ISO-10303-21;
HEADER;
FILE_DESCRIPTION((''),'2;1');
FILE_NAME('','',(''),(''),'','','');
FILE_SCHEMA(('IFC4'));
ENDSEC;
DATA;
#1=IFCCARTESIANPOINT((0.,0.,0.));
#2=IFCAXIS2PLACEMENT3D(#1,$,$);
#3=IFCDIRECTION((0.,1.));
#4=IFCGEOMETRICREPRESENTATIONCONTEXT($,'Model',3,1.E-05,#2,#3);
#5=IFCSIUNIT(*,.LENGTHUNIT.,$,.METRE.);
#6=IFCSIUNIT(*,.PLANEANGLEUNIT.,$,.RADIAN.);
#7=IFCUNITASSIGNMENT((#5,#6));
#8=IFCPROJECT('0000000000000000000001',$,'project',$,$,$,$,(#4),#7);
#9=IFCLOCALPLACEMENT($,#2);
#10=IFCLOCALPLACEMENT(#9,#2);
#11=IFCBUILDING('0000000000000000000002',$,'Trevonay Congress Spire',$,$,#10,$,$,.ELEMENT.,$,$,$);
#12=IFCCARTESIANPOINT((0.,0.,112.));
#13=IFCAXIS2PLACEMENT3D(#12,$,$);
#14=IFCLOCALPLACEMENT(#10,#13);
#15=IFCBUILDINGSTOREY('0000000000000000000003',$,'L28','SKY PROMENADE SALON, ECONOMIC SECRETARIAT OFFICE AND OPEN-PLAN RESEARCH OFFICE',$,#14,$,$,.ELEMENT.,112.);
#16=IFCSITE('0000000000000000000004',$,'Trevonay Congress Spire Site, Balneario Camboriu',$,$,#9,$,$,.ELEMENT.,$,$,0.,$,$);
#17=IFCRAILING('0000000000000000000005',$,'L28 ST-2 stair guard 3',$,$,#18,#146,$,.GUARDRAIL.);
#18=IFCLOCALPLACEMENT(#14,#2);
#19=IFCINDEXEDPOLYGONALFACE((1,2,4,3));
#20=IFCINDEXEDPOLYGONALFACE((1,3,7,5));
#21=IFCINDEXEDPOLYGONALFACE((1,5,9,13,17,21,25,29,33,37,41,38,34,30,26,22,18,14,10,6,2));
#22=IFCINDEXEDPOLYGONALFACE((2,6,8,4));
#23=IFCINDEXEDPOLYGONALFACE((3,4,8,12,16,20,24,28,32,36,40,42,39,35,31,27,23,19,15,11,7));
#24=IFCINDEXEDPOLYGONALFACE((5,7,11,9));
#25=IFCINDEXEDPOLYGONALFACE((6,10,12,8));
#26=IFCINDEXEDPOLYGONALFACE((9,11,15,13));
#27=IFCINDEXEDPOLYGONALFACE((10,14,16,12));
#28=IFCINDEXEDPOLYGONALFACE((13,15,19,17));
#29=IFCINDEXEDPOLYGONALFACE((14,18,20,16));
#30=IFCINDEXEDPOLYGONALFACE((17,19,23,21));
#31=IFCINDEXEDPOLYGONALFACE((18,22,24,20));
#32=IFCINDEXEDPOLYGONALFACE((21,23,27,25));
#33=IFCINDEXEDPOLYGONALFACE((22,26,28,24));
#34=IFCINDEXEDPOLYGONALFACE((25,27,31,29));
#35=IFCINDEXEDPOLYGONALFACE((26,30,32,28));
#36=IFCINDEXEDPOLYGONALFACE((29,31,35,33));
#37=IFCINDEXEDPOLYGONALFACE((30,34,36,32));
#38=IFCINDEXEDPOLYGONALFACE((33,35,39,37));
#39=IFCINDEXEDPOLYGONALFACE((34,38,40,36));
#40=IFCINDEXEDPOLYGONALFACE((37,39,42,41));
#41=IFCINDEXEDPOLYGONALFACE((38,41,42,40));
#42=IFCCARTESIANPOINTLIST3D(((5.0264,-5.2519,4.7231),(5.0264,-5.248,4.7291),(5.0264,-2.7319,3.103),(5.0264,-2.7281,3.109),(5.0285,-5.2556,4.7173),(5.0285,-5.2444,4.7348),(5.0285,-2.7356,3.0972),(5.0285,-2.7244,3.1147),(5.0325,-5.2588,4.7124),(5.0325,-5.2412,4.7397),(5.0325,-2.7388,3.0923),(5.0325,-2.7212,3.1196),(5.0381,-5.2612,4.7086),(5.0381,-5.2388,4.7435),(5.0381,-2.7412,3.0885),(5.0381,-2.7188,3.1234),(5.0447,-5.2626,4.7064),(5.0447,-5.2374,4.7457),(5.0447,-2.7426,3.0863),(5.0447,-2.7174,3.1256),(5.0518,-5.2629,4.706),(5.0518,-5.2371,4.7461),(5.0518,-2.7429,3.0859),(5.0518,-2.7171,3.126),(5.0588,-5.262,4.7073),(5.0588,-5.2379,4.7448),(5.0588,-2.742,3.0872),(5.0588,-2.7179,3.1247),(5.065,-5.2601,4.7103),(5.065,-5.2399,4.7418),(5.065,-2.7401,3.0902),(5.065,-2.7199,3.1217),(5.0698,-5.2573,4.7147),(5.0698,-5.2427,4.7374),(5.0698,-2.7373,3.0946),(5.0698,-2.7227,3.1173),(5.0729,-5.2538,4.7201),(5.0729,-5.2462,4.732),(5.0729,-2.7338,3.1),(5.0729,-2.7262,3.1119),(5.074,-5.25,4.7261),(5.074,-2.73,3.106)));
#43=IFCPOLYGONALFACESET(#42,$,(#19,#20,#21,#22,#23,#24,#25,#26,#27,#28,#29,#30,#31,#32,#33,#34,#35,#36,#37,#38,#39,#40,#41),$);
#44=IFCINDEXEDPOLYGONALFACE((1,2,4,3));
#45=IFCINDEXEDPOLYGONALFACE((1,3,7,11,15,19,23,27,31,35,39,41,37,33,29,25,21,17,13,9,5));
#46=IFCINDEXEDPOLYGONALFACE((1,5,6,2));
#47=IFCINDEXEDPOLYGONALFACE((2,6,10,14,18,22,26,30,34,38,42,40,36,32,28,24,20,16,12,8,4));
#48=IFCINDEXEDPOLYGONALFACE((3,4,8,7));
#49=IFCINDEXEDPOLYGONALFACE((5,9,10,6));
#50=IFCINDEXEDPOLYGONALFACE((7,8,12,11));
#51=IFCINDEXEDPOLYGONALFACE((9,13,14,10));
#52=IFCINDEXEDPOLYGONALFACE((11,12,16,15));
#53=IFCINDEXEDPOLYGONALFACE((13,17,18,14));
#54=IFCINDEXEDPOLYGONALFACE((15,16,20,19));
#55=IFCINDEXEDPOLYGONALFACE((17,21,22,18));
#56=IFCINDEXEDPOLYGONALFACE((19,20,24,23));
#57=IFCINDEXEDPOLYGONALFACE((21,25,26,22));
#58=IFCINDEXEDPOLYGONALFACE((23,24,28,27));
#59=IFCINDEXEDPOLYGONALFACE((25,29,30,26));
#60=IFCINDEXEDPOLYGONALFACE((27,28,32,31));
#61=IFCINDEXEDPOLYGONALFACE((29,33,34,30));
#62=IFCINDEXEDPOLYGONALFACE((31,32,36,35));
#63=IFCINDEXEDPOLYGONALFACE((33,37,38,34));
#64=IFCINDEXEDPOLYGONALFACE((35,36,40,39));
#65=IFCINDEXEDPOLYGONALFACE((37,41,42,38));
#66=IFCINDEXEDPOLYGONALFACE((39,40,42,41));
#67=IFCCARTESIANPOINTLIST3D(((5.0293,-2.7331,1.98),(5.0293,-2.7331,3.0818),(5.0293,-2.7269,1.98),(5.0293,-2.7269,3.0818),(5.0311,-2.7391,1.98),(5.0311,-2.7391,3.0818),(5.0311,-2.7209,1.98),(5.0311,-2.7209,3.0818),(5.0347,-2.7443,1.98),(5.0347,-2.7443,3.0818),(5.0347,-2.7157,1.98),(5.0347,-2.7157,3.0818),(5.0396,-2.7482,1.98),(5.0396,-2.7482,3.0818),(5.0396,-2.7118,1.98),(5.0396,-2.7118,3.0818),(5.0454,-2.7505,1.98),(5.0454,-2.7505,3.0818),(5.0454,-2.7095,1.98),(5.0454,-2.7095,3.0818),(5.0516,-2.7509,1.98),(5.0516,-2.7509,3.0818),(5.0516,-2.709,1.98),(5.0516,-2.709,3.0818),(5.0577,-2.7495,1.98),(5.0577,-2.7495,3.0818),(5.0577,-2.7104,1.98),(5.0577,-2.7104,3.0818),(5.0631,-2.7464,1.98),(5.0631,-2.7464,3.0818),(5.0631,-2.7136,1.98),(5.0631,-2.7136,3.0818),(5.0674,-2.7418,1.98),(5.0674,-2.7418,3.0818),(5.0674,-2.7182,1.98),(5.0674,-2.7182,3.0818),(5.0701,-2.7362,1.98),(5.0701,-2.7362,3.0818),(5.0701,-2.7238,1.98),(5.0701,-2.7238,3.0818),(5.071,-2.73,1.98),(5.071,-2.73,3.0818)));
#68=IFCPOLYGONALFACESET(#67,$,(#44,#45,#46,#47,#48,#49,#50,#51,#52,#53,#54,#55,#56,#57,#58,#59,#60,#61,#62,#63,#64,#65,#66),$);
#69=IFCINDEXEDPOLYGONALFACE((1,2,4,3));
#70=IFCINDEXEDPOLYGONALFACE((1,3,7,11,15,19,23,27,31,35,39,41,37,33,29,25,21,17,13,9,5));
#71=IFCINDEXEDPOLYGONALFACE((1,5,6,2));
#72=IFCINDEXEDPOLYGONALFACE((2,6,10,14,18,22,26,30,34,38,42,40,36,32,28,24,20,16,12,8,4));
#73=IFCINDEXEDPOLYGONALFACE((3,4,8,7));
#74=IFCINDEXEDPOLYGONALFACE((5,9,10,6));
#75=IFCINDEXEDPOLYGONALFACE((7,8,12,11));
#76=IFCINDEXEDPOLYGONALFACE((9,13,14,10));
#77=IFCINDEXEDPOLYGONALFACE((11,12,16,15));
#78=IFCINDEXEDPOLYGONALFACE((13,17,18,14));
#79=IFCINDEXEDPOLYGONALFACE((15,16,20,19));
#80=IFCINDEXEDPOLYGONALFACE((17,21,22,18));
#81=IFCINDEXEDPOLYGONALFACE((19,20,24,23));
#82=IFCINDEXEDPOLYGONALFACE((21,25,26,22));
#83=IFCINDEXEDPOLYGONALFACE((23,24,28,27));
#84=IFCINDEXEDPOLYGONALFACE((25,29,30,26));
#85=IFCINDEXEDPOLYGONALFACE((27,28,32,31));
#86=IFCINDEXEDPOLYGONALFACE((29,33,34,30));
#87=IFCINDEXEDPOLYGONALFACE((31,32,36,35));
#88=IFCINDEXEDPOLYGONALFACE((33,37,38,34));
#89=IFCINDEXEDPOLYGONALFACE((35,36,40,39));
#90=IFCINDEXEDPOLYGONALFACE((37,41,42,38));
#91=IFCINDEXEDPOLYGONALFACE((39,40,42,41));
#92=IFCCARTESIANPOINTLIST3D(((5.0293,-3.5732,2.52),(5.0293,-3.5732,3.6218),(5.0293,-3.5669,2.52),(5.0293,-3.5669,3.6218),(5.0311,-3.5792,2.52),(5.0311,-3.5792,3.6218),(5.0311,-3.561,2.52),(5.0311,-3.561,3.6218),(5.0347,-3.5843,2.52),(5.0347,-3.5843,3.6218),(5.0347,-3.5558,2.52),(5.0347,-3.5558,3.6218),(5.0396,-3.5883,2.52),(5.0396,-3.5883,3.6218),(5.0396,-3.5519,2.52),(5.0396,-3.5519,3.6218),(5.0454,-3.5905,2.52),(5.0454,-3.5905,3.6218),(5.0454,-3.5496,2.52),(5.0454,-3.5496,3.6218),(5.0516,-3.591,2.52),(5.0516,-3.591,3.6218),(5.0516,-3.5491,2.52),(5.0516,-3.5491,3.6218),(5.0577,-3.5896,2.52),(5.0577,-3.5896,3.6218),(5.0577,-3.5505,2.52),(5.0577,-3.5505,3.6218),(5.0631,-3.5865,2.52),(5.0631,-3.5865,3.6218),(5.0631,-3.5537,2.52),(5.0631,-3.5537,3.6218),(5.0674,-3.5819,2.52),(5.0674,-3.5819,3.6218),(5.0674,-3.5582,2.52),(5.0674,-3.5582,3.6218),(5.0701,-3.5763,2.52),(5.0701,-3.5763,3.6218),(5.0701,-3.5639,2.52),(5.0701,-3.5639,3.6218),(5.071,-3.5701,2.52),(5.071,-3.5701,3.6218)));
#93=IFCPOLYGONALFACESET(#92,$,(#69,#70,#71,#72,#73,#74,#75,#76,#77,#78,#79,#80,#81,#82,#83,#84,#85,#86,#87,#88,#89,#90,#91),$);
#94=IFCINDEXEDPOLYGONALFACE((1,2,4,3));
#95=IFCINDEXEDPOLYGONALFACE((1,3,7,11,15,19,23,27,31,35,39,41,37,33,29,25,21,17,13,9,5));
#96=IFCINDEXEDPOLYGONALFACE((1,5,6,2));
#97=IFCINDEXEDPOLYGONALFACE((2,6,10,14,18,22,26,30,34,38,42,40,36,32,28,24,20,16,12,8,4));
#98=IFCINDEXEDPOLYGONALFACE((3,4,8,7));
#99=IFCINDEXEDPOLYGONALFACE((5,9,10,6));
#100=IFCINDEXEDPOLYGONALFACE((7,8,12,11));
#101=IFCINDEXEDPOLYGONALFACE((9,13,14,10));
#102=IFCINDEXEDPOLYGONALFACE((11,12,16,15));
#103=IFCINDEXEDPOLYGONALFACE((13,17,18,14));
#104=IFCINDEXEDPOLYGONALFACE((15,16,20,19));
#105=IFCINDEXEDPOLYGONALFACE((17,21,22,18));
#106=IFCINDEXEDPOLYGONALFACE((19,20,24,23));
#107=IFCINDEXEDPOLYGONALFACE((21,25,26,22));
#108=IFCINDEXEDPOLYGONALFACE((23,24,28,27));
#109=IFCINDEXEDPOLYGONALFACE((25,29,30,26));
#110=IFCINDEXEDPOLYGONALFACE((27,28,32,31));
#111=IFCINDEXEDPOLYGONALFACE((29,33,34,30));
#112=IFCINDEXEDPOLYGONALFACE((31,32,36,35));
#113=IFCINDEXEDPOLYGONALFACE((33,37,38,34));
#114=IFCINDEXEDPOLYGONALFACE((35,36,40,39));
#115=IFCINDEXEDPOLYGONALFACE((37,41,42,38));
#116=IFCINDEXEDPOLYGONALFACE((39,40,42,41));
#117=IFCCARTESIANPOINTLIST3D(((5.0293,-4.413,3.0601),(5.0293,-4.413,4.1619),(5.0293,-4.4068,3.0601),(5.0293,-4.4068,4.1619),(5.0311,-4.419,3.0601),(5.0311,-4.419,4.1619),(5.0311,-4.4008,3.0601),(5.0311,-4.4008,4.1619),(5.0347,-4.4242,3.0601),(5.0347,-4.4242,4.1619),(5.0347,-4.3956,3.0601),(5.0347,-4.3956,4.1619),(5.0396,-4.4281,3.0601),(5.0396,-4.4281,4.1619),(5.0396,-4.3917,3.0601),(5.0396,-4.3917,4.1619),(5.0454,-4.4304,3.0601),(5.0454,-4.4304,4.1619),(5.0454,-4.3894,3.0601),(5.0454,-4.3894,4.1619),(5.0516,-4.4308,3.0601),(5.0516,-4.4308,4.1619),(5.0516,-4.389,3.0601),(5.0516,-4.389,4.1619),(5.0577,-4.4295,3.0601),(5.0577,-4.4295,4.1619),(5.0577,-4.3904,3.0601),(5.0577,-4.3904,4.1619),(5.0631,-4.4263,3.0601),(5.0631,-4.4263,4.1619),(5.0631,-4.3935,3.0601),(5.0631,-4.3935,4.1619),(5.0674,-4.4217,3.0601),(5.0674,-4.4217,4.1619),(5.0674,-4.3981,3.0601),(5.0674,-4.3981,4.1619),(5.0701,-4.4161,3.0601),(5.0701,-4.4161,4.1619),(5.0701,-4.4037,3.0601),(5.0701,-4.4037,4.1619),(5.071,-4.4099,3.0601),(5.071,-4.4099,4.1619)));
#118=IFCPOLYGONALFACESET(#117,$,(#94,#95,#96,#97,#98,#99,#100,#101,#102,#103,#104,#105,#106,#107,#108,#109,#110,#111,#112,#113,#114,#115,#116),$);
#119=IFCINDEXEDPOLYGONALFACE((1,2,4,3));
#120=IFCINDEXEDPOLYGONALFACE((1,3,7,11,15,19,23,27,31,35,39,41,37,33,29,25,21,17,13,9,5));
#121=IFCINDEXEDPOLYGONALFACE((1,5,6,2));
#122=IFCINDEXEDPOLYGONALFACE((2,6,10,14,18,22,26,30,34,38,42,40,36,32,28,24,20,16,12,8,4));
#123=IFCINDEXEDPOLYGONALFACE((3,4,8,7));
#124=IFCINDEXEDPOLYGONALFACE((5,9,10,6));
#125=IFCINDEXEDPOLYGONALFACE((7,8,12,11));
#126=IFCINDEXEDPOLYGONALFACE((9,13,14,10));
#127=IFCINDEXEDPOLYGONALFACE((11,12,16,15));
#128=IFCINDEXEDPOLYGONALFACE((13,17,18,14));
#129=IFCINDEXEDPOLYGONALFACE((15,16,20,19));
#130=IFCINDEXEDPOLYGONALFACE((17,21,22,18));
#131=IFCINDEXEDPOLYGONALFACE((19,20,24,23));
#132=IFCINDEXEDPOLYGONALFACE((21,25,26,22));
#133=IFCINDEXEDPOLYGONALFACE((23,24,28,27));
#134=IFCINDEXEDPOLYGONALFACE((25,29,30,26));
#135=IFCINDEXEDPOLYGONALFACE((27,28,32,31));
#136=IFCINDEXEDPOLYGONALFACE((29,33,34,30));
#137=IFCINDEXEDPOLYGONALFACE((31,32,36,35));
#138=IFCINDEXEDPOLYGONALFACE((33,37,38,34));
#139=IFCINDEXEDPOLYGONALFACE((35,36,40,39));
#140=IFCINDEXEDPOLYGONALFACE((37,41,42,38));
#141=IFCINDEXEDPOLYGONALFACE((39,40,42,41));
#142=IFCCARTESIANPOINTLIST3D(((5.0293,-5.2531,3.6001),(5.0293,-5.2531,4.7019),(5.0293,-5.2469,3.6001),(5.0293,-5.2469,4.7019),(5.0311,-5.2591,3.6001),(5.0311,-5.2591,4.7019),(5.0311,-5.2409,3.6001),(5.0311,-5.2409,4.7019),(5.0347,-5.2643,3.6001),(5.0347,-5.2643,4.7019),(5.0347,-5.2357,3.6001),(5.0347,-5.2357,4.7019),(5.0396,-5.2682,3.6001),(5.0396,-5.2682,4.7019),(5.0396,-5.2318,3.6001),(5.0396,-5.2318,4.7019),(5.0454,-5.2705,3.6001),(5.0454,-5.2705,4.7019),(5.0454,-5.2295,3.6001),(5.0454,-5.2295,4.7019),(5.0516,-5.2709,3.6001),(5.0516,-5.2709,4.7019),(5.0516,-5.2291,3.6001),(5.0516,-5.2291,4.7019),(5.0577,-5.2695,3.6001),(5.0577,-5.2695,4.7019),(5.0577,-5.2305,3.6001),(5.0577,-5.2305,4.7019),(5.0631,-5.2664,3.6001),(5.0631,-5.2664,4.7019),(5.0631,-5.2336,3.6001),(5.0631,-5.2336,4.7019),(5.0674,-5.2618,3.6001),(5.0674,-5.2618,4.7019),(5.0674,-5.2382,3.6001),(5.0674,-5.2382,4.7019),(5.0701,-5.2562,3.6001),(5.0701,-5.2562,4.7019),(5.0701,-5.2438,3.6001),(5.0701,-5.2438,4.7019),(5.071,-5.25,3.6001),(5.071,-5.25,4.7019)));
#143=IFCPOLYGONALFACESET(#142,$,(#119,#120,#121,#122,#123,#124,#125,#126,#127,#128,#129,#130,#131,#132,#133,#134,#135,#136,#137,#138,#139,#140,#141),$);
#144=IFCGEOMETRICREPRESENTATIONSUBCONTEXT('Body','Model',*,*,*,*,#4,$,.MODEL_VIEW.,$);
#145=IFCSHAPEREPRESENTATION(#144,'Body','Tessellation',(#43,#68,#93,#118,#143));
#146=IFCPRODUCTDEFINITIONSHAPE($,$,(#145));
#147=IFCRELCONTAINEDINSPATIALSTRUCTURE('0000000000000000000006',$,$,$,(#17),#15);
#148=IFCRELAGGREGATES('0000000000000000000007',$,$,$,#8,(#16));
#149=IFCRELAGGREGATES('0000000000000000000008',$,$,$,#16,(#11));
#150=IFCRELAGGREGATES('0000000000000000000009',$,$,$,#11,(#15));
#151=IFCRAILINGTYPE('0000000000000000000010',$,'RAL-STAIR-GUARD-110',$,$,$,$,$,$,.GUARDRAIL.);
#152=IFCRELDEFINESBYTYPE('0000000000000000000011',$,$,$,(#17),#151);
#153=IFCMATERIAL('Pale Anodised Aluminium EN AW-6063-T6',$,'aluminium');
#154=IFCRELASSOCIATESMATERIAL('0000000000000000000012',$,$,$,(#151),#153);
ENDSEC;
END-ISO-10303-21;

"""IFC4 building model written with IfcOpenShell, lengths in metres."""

from ifc_helpers import new_model, si_unit, direction, frame, origin, origin_2d, place, context, subcontext, project, spatial, circle, extrude, material, type_object, element, save


model = new_model("IFC4")

# Units and contexts
model_context = context("Model", 3, precision=1e-05, world=origin(), true_north=direction((0.0, 1.0)))
body_context = subcontext(model_context, "Body", "Model", "MODEL_VIEW")
ifc_project = project(units=[si_unit("LENGTHUNIT", "METRE"), si_unit("PLANEANGLEUNIT", "RADIAN")], contexts=[model_context])

# Site, building, storey
site_placement = place(None, origin())
site = spatial("IfcSite", under=ifc_project, at=site_placement, Name="Trevonay Congress Spire Site, Balneario Camboriu", CompositionType="ELEMENT", RefElevation=0.0)
building_placement = place(site_placement, origin())
building = spatial("IfcBuilding", under=site, at=building_placement, Name="Trevonay Congress Spire", CompositionType="ELEMENT")
storey_placement = place(building_placement, frame((0.0, 0.0, 112.0)))
storey = spatial("IfcBuildingStorey", under=building, at=storey_placement, Name="L28", Description="SKY PROMENADE SALON, ECONOMIC SECRETARIAT OFFICE AND OPEN-PLAN RESEARCH OFFICE", CompositionType="ELEMENT", Elevation=112.0)

# Shared definitions
ifc_material_1 = material(Name="Pale Anodised Aluminium EN AW-6063-T6", Category="aluminium")

# Railing
railing_type_1 = type_object("IfcRailingType", Name="RAL-STAIR-GUARD-110", PredefinedType="GUARDRAIL", material=ifc_material_1)
railing_1_placement = place(storey_placement, frame((5.05, -2.73, 1.98)))
element("IfcRailing", 1, at=railing_1_placement, inside=storey, type_object=railing_type_1, Name="L28 ST-2 stair guard 3", PredefinedType="GUARDRAIL", context=body_context, shape_type="SweptSolid", body=[
    extrude(circle(Radius=0.0239, at=origin_2d()), frame((0.0, 0.0, 1.126), z_axis=(0.0, -0.841163, 0.540782), x_axis=(1.0, 0.0, 0.0)), (0.0, 0.0, 1.0), 2.9958),
    extrude(circle(Radius=0.021, at=origin_2d()), origin(), (0.0, 0.0, 1.0), 1.1018),
    extrude(circle(Radius=0.021, at=origin_2d()), frame((0.0, -0.8401, 0.54)), (0.0, 0.0, 1.0), 1.1018),
    extrude(circle(Radius=0.021, at=origin_2d()), frame((0.0, -1.6799, 1.0801)), (0.0, 0.0, 1.0), 1.1018),
    extrude(circle(Radius=0.021, at=origin_2d()), frame((0.0, -2.52, 1.6201)), (0.0, 0.0, 1.0), 1.1018),
])

save(model, "model.ifc")
